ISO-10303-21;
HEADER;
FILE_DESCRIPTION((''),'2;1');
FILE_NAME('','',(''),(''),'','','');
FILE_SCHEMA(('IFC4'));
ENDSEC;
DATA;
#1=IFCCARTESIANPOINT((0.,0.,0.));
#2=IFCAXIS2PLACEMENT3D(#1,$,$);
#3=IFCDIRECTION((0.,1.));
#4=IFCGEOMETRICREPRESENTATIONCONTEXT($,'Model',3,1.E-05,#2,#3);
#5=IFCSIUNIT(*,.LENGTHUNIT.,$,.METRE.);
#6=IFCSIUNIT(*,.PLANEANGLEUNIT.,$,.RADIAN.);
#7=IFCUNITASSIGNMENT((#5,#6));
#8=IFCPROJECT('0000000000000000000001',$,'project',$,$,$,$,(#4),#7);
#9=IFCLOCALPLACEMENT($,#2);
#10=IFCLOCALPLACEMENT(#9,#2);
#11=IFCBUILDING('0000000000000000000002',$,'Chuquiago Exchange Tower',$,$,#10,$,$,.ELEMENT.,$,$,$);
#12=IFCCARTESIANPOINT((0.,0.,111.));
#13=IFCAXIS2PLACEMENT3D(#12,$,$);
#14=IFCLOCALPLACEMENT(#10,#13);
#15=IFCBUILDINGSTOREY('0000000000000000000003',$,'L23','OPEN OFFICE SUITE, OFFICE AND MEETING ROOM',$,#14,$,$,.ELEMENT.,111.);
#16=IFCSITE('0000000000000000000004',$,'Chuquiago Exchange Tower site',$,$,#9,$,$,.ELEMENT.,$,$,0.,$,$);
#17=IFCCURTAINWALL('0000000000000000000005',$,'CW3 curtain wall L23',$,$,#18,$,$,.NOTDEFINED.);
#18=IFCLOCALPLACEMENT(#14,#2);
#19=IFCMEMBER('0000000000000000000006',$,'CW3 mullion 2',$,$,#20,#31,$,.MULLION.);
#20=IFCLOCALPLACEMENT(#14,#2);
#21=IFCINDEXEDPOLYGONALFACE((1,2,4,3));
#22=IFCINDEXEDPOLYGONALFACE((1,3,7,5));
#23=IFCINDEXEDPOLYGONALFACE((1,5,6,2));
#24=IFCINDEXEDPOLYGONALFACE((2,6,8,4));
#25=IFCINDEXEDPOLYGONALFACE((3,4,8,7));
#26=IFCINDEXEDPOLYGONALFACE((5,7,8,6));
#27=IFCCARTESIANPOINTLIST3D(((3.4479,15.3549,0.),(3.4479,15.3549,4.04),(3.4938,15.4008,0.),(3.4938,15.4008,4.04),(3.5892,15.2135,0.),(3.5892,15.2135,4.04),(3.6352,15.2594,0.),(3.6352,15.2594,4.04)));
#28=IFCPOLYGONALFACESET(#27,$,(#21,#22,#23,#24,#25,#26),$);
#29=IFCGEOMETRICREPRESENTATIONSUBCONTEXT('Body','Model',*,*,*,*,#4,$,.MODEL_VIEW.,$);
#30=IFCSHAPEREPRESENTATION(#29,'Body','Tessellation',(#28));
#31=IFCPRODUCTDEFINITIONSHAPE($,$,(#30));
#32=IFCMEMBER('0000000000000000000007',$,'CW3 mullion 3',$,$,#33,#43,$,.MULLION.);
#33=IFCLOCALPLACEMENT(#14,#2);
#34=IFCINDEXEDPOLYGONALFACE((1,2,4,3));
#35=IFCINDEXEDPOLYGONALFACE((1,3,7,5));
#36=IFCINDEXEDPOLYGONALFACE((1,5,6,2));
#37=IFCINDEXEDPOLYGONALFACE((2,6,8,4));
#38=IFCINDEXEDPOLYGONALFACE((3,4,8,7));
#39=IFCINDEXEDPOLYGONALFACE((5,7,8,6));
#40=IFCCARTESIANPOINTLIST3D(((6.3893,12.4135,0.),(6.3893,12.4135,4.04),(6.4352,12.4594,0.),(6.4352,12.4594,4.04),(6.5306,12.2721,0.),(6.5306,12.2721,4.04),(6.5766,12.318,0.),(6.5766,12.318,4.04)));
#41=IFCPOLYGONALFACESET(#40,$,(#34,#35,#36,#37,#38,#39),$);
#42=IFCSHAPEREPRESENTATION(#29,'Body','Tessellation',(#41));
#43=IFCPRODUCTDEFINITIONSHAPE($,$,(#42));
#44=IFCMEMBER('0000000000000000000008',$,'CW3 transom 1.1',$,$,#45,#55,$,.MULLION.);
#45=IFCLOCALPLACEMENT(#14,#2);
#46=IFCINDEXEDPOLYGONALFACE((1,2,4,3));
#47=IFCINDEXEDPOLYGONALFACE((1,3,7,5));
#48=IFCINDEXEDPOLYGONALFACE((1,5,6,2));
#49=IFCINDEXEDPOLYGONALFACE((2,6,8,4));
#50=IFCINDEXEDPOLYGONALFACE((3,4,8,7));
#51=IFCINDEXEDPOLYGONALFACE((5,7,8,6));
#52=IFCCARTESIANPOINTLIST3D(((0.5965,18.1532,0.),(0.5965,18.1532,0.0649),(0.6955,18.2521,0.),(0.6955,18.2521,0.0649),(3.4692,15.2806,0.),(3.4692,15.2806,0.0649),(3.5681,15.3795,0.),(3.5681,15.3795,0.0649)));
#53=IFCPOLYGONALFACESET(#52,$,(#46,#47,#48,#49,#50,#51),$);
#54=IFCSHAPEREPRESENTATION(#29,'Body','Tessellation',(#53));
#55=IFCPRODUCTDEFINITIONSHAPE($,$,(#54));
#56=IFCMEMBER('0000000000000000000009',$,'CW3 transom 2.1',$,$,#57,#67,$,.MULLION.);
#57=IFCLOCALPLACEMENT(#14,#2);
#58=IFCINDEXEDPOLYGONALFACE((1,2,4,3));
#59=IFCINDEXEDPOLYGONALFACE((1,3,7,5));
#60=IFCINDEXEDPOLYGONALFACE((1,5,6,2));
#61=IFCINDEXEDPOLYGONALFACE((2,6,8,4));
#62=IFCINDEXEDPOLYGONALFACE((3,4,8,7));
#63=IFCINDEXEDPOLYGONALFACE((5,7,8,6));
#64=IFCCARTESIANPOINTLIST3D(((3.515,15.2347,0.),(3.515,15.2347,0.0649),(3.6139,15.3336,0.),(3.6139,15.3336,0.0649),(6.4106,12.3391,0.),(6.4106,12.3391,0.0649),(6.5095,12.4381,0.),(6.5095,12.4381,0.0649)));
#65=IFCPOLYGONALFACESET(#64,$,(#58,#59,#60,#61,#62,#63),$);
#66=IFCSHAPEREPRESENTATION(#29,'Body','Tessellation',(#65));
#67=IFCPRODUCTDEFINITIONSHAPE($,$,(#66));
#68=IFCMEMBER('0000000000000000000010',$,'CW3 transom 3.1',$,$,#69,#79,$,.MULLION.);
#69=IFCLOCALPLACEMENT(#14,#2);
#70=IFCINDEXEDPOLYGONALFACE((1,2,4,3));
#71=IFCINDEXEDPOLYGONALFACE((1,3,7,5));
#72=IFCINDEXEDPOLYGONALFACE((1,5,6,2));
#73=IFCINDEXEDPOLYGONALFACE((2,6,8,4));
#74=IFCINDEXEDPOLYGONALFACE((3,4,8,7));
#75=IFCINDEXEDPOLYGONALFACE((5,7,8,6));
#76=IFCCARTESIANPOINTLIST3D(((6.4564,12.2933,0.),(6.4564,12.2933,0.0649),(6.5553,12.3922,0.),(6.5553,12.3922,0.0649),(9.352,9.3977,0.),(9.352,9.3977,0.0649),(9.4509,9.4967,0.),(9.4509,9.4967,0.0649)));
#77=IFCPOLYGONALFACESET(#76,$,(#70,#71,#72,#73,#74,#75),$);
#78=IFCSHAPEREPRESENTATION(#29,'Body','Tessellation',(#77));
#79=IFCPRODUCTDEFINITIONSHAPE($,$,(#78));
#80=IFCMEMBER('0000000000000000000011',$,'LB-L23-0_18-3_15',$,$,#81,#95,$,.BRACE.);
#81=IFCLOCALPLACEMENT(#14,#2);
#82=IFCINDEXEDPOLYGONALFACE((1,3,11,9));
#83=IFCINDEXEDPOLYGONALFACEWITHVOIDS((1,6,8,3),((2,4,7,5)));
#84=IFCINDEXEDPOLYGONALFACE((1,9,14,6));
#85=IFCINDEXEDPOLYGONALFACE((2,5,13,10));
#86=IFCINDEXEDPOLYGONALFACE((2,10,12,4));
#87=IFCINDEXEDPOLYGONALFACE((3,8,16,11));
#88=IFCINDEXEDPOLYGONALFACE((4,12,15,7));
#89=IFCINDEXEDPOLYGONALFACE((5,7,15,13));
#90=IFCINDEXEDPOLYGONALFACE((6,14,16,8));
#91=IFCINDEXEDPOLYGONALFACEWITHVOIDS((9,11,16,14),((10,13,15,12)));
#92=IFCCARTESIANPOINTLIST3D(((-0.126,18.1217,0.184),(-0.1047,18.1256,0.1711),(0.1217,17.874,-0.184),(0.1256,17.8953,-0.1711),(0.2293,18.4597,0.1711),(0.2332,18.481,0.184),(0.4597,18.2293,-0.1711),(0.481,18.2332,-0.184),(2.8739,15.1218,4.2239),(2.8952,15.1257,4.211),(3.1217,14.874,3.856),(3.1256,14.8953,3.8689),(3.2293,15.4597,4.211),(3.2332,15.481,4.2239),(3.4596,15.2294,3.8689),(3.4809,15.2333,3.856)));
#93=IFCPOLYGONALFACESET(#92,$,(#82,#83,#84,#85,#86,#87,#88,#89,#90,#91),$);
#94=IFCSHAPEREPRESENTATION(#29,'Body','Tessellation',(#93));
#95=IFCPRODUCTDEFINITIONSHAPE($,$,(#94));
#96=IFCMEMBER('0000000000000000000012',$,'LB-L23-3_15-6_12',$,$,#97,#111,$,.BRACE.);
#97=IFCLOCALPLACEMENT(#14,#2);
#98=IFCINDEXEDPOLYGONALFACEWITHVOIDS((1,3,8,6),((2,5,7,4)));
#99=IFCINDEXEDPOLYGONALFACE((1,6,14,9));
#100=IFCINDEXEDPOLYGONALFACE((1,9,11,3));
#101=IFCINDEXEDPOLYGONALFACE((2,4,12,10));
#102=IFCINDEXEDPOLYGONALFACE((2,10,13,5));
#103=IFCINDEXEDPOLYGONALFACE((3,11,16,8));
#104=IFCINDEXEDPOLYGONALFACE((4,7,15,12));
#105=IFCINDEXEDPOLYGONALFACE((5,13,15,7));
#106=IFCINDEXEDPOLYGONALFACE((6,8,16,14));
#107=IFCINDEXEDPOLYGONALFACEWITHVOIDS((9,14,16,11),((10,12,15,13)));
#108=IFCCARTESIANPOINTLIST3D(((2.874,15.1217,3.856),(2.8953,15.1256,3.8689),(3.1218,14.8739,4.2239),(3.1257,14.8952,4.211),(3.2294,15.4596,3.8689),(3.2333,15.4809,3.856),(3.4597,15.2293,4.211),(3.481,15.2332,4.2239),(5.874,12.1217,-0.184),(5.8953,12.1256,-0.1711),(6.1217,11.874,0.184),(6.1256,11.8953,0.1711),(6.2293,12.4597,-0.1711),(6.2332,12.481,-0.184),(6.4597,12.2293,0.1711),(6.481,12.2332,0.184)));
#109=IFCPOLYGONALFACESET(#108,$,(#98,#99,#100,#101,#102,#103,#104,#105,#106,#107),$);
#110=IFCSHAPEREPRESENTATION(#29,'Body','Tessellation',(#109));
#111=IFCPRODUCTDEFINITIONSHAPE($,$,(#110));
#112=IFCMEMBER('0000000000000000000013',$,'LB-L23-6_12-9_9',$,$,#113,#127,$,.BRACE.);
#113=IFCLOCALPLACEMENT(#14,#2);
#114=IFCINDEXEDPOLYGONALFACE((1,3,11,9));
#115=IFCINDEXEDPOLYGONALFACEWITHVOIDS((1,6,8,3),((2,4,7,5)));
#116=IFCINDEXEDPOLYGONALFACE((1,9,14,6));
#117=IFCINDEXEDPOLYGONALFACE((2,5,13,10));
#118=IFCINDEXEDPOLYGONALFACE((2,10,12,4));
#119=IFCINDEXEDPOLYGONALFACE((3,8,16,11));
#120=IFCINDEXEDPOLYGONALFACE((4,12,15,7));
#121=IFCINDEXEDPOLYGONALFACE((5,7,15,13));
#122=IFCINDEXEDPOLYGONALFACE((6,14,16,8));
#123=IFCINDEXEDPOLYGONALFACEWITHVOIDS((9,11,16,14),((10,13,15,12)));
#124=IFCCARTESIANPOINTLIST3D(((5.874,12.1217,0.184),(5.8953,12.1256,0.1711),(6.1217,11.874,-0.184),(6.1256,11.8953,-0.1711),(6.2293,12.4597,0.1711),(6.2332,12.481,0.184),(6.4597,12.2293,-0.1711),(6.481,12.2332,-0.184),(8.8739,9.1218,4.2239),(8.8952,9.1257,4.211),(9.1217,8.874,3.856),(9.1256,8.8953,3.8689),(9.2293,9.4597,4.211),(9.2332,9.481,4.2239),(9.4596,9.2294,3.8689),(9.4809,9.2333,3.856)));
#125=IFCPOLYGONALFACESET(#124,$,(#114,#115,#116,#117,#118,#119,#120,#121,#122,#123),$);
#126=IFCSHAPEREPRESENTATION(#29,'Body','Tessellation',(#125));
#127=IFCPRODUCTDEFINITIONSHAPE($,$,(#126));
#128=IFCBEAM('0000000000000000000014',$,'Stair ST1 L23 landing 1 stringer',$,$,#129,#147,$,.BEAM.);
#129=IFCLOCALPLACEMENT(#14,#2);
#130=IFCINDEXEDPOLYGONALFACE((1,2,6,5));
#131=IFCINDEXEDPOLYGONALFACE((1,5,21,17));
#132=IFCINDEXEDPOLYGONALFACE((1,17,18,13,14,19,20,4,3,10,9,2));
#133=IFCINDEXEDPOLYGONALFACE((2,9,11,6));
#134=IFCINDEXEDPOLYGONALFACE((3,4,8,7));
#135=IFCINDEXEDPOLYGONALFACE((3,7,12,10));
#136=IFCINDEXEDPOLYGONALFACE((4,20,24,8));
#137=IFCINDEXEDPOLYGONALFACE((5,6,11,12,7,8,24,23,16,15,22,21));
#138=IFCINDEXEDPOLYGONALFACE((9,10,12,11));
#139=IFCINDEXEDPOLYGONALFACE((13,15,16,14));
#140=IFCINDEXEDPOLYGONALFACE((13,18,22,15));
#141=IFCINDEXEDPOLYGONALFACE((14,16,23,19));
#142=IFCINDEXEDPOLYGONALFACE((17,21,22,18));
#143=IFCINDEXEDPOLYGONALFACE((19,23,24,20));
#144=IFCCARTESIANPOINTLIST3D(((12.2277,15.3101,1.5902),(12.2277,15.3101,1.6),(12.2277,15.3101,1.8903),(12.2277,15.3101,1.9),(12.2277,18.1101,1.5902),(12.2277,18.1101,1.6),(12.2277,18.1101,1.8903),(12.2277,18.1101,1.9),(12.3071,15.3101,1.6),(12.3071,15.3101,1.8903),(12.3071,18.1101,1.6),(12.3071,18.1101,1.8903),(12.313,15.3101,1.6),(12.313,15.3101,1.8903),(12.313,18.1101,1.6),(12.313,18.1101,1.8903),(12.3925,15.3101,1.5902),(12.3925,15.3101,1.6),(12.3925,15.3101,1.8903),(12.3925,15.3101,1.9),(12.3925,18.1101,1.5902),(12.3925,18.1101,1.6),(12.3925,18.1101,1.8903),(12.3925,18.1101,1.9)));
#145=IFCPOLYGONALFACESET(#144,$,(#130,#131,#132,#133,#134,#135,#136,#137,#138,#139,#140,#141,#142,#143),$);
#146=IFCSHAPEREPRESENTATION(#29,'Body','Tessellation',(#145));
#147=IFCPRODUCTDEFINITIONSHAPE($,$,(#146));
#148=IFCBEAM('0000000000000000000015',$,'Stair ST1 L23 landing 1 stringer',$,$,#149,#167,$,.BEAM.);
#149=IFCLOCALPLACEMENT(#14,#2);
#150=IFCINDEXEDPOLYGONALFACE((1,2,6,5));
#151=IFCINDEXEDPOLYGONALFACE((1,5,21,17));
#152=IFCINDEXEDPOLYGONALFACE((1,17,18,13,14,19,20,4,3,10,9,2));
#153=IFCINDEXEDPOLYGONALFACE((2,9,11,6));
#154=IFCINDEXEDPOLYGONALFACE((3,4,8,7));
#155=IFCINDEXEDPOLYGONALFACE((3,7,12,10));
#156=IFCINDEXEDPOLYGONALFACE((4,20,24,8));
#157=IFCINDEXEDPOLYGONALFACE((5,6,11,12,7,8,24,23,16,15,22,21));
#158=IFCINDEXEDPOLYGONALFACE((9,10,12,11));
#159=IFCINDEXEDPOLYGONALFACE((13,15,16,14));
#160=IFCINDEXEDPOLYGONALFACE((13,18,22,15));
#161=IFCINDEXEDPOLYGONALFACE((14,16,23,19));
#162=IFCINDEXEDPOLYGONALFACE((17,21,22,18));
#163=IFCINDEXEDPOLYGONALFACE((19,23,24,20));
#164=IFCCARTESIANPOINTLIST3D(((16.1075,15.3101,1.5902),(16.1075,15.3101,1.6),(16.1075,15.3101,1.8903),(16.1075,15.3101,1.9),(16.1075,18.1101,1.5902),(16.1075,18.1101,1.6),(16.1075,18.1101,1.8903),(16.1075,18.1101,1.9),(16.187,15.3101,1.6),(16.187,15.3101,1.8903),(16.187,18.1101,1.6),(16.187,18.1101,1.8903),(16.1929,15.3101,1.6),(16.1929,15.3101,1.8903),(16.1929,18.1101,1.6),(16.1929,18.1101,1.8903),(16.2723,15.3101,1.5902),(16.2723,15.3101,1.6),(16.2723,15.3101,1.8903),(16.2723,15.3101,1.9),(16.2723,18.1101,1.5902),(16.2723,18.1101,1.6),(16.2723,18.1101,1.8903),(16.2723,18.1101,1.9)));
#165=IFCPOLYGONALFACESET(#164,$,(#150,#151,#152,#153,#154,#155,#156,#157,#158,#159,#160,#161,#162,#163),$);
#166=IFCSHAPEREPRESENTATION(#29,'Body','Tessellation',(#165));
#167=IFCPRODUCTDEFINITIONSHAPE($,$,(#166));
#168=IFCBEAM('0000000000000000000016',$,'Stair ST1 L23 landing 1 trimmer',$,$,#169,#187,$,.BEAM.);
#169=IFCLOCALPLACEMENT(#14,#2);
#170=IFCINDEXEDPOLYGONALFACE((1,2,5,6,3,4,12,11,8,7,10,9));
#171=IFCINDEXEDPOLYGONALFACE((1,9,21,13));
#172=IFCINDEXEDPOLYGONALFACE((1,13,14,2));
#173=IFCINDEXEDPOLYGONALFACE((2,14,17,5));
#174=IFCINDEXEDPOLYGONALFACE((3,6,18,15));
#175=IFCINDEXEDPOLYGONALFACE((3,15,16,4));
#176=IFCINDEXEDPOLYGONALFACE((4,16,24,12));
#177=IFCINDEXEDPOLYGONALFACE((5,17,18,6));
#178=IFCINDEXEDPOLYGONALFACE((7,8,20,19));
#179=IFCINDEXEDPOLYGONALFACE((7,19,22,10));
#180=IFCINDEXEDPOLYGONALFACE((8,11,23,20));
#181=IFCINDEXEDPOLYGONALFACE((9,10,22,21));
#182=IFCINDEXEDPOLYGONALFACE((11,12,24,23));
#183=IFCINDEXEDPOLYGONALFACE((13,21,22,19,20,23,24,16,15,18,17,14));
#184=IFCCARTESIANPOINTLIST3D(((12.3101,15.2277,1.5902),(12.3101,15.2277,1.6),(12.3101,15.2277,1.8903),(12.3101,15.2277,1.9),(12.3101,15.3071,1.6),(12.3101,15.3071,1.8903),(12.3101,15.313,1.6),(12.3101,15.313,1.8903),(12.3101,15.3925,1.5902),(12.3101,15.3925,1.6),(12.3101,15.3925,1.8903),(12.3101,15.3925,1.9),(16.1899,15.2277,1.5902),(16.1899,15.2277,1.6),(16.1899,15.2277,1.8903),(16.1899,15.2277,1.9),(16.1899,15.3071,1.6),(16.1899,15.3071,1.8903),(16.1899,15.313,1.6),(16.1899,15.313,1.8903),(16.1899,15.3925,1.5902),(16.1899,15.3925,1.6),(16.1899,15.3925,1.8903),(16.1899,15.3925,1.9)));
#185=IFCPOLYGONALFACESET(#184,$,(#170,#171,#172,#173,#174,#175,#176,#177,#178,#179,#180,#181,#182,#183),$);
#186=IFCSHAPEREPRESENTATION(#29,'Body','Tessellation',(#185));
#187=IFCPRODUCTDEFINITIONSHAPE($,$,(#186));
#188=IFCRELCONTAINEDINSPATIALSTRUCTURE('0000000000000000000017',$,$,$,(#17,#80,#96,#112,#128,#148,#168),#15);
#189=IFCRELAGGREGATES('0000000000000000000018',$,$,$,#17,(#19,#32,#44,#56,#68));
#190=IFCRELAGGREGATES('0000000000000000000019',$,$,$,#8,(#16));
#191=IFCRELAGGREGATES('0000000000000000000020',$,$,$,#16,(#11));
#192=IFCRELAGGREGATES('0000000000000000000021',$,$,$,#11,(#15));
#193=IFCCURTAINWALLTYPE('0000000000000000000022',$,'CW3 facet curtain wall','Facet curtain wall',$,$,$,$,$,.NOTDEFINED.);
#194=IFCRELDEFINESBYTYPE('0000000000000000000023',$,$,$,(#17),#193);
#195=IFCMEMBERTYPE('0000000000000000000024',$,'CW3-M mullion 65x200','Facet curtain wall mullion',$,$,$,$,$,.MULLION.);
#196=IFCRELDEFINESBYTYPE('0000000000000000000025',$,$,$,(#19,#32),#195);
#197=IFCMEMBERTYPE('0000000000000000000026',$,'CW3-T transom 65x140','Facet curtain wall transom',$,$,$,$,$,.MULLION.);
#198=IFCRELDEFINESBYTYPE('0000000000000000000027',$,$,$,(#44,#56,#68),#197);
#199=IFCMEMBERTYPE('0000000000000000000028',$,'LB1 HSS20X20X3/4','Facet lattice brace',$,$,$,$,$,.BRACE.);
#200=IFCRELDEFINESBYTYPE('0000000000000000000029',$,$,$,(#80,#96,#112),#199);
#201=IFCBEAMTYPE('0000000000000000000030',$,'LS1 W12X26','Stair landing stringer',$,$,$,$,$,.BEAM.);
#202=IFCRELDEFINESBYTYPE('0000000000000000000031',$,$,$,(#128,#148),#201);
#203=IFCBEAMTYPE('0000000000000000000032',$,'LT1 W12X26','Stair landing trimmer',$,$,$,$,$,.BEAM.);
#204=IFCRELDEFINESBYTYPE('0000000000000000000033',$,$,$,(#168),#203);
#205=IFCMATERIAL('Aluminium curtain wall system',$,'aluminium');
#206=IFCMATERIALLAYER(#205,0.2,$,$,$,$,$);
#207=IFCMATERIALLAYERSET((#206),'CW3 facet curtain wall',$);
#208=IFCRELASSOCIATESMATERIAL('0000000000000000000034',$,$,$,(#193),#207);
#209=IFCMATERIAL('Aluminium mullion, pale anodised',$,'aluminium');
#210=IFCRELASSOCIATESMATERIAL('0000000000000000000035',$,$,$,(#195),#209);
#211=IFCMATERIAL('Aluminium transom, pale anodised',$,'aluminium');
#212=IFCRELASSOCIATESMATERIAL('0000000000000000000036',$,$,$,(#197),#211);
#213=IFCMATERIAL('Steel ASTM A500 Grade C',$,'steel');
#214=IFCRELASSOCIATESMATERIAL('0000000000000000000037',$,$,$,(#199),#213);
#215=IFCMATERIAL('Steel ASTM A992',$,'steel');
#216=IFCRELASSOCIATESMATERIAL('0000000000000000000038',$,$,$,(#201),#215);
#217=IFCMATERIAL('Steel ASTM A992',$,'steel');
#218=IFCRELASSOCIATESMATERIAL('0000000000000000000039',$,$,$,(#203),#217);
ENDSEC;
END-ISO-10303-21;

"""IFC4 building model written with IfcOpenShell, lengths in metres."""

from ifc_helpers import new_model, si_unit, direction, frame, origin, origin_2d, place, context, subcontext, project, spatial, rectangle, hollow_rectangle, i_section, extrude, material, layer, layer_set, material_profile, profile_set, type_object, element, aggregate, save


model = new_model("IFC4")

# Units and contexts
model_context = context("Model", 3, precision=1e-05, world=origin(), true_north=direction((0.0, 1.0)))
body_context = subcontext(model_context, "Body", "Model", "MODEL_VIEW")
ifc_project = project(units=[si_unit("LENGTHUNIT", "METRE"), si_unit("PLANEANGLEUNIT", "RADIAN")], contexts=[model_context])

# Site, building, storey
site_placement = place(None, origin())
site = spatial("IfcSite", under=ifc_project, at=site_placement, Name="Chuquiago Exchange Tower site", CompositionType="ELEMENT", RefElevation=0.0)
building_placement = place(site_placement, origin())
building = spatial("IfcBuilding", under=site, at=building_placement, Name="Chuquiago Exchange Tower", CompositionType="ELEMENT")
storey_placement = place(building_placement, frame((0.0, 0.0, 111.0)))
storey = spatial("IfcBuildingStorey", under=building, at=storey_placement, Name="L23", Description="OPEN OFFICE SUITE, OFFICE AND MEETING ROOM", CompositionType="ELEMENT", Elevation=111.0)

# Curtain wall, members
ifc_material_1 = material(Name="Aluminium curtain wall system", Category="aluminium")
ifc_layer_1 = layer(ifc_material_1, 0.2)
ifc_layer_set_1 = layer_set([ifc_layer_1], Name="CW3 facet curtain wall")
curtain_wall_type_1 = type_object("IfcCurtainWallType", Name="CW3 facet curtain wall", Description="Facet curtain wall", PredefinedType="NOTDEFINED", material=ifc_layer_set_1)
curtain_wall_1_placement = place(storey_placement, origin())
curtain_wall_1 = element("IfcCurtainWall", 1, at=curtain_wall_1_placement, inside=storey, type_object=curtain_wall_type_1, Name="CW3 curtain wall L23", PredefinedType="NOTDEFINED")
ifc_material_2 = material(Name="Aluminium mullion, pale anodised", Category="aluminium")
ifc_material_profile_1 = material_profile(ifc_material_2, rectangle(XDim=0.0649, YDim=0.2, at=origin_2d()), Name="AL 65x200")
ifc_profile_set_1 = profile_set([ifc_material_profile_1], Name="Aluminium mullion, pale anodised")
member_type_1 = type_object("IfcMemberType", Name="CW3-M mullion 65x200", Description="Facet curtain wall mullion", PredefinedType="MULLION", material=ifc_profile_set_1)
member_1_placement = place(storey_placement, frame((3.5415, 15.3071, 0.0), z_axis=(0.0, 0.0, 1.0), x_axis=(0.707107, 0.707107, 0.0)))
member_1 = element("IfcMember", 2, at=member_1_placement, type_object=member_type_1, Name="CW3 mullion 2", PredefinedType="MULLION", context=body_context, shape_type="SweptSolid", body=[
    extrude(rectangle(XDim=0.0649, YDim=0.2, at=origin_2d()), origin(), (0.0, 0.0, 1.0), 4.04),
])
member_2_placement = place(storey_placement, frame((6.4829, 12.3657, 0.0), z_axis=(0.0, 0.0, 1.0), x_axis=(0.707107, 0.707107, 0.0)))
member_2 = element("IfcMember", 3, at=member_2_placement, type_object=member_type_1, Name="CW3 mullion 3", PredefinedType="MULLION", context=body_context, shape_type="SweptSolid", body=[
    extrude(rectangle(XDim=0.0649, YDim=0.2, at=origin_2d()), origin(), (0.0, 0.0, 1.0), 4.04),
])
ifc_material_3 = material(Name="Aluminium transom, pale anodised", Category="aluminium")
ifc_material_profile_2 = material_profile(ifc_material_3, rectangle(XDim=0.1399, YDim=0.0649, at=origin_2d()), Name="AL 140x65")
ifc_profile_set_2 = profile_set([ifc_material_profile_2], Name="Aluminium transom, pale anodised")
member_type_2 = type_object("IfcMemberType", Name="CW3-T transom 65x140", Description="Facet curtain wall transom", PredefinedType="MULLION", material=ifc_profile_set_2)
member_3_placement = place(storey_placement, frame((0.646, 18.2026, 0.0325), z_axis=(0.707107, -0.707107, 0.0), x_axis=(0.707107, 0.707107, 0.0)))
member_3 = element("IfcMember", 4, at=member_3_placement, type_object=member_type_2, Name="CW3 transom 1.1", PredefinedType="MULLION", context=body_context, shape_type="SweptSolid", body=[
    extrude(rectangle(XDim=0.1399, YDim=0.0649, at=origin_2d()), origin(), (0.0, 0.0, 1.0), 4.0625),
])
member_4_placement = place(storey_placement, frame((3.5645, 15.2842, 0.0325), z_axis=(0.707107, -0.707107, 0.0), x_axis=(0.707107, 0.707107, 0.0)))
member_4 = element("IfcMember", 5, at=member_4_placement, type_object=member_type_2, Name="CW3 transom 2.1", PredefinedType="MULLION", context=body_context, shape_type="SweptSolid", body=[
    extrude(rectangle(XDim=0.1399, YDim=0.0649, at=origin_2d()), origin(), (0.0, 0.0, 1.0), 4.095),
])
member_5_placement = place(storey_placement, frame((6.5059, 12.3428, 0.0325), z_axis=(0.707107, -0.707107, 0.0), x_axis=(0.707107, 0.707107, 0.0)))
member_5 = element("IfcMember", 6, at=member_5_placement, type_object=member_type_2, Name="CW3 transom 3.1", PredefinedType="MULLION", context=body_context, shape_type="SweptSolid", body=[
    extrude(rectangle(XDim=0.1399, YDim=0.0649, at=origin_2d()), origin(), (0.0, 0.0, 1.0), 4.095),
])

# Members
ifc_material_4 = material(Name="Steel ASTM A500 Grade C", Category="steel")
ifc_material_profile_3 = material_profile(ifc_material_4, hollow_rectangle(XDim=0.5081, YDim=0.5081, WallThickness=0.0178, at=origin_2d()), Name="HSS20X20X3/4")
ifc_profile_set_3 = profile_set([ifc_material_profile_3], Name="Steel ASTM A500 Grade C")
member_type_3 = type_object("IfcMemberType", Name="LB1 HSS20X20X3/4", Description="Facet lattice brace", PredefinedType="BRACE", material=ifc_profile_set_3)
for number, where, z_axis, x_axis, name in (
    (7, (0.1775, 18.1775, 0.0), (0.512077, -0.512077, 0.689604), (0.707107, 0.707107, 0.0), "LB-L23-0_18-3_15"),
    (8, (6.1775, 12.1775, 0.0), (-0.512077, 0.512077, 0.689604), (-0.707107, -0.707107, 0.0), "LB-L23-3_15-6_12"),
    (9, (6.1775, 12.1775, 0.0), (0.512077, -0.512077, 0.689604), (0.707107, 0.707107, 0.0), "LB-L23-6_12-9_9"),
):
    element("IfcMember", number, at=place(storey_placement, frame(where, z_axis=z_axis, x_axis=x_axis)), inside=storey, type_object=member_type_3, Name=name, PredefinedType="BRACE", context=body_context, shape_type="SweptSolid", body=[
        extrude(hollow_rectangle(XDim=0.5081, YDim=0.5081, WallThickness=0.0178, at=origin_2d()), origin(), (0.0, 0.0, 1.0), 5.8584),
    ])

# Beams
ifc_material_5 = material(Name="Steel ASTM A992", Category="steel")
ifc_material_profile_4 = material_profile(ifc_material_5, i_section(OverallWidth=0.1648, OverallDepth=0.3098, WebThickness=0.0059, FlangeThickness=0.0098, at=origin_2d()), Name="W12X26")
ifc_profile_set_4 = profile_set([ifc_material_profile_4], Name="Steel ASTM A992")
beam_type_1 = type_object("IfcBeamType", Name="LS1 W12X26", Description="Stair landing stringer", PredefinedType="BEAM", material=ifc_profile_set_4)
for number, where, z_axis, x_axis, name in (
    (10, (12.3101, 15.3101, 1.7451), (0.0, 1.0, 0.0), (-1.0, 0.0, 0.0), "Stair ST1 L23 landing 1 stringer"),
    (11, (16.1899, 15.3101, 1.7451), (0.0, 1.0, 0.0), (-1.0, 0.0, 0.0), "Stair ST1 L23 landing 1 stringer"),
):
    element("IfcBeam", number, at=place(storey_placement, frame(where, z_axis=z_axis, x_axis=x_axis)), inside=storey, type_object=beam_type_1, Name=name, PredefinedType="BEAM", context=body_context, shape_type="SweptSolid", body=[
        extrude(i_section(OverallWidth=0.1648, OverallDepth=0.3098, WebThickness=0.0059, FlangeThickness=0.0098, at=origin_2d()), origin(), (0.0, 0.0, 1.0), 2.8),
    ])
ifc_material_6 = material(Name="Steel ASTM A992", Category="steel")
ifc_material_profile_5 = material_profile(ifc_material_6, i_section(OverallWidth=0.1648, OverallDepth=0.3098, WebThickness=0.0059, FlangeThickness=0.0098, at=origin_2d()), Name="W12X26")
ifc_profile_set_5 = profile_set([ifc_material_profile_5], Name="Steel ASTM A992")
beam_type_2 = type_object("IfcBeamType", Name="LT1 W12X26", Description="Stair landing trimmer", PredefinedType="BEAM", material=ifc_profile_set_5)
for number, where, z_axis, x_axis, name in (
    (12, (12.3101, 15.3101, 1.7451), (1.0, 0.0, 0.0), (0.0, 1.0, 0.0), "Stair ST1 L23 landing 1 trimmer"),
):
    element("IfcBeam", number, at=place(storey_placement, frame(where, z_axis=z_axis, x_axis=x_axis)), inside=storey, type_object=beam_type_2, Name=name, PredefinedType="BEAM", context=body_context, shape_type="SweptSolid", body=[
        extrude(i_section(OverallWidth=0.1648, OverallDepth=0.3098, WebThickness=0.0059, FlangeThickness=0.0098, at=origin_2d()), origin(), (0.0, 0.0, 1.0), 3.8799),
    ])

aggregate(curtain_wall_1, [member_1, member_2, member_3, member_4, member_5])

save(model, "model.ifc")
